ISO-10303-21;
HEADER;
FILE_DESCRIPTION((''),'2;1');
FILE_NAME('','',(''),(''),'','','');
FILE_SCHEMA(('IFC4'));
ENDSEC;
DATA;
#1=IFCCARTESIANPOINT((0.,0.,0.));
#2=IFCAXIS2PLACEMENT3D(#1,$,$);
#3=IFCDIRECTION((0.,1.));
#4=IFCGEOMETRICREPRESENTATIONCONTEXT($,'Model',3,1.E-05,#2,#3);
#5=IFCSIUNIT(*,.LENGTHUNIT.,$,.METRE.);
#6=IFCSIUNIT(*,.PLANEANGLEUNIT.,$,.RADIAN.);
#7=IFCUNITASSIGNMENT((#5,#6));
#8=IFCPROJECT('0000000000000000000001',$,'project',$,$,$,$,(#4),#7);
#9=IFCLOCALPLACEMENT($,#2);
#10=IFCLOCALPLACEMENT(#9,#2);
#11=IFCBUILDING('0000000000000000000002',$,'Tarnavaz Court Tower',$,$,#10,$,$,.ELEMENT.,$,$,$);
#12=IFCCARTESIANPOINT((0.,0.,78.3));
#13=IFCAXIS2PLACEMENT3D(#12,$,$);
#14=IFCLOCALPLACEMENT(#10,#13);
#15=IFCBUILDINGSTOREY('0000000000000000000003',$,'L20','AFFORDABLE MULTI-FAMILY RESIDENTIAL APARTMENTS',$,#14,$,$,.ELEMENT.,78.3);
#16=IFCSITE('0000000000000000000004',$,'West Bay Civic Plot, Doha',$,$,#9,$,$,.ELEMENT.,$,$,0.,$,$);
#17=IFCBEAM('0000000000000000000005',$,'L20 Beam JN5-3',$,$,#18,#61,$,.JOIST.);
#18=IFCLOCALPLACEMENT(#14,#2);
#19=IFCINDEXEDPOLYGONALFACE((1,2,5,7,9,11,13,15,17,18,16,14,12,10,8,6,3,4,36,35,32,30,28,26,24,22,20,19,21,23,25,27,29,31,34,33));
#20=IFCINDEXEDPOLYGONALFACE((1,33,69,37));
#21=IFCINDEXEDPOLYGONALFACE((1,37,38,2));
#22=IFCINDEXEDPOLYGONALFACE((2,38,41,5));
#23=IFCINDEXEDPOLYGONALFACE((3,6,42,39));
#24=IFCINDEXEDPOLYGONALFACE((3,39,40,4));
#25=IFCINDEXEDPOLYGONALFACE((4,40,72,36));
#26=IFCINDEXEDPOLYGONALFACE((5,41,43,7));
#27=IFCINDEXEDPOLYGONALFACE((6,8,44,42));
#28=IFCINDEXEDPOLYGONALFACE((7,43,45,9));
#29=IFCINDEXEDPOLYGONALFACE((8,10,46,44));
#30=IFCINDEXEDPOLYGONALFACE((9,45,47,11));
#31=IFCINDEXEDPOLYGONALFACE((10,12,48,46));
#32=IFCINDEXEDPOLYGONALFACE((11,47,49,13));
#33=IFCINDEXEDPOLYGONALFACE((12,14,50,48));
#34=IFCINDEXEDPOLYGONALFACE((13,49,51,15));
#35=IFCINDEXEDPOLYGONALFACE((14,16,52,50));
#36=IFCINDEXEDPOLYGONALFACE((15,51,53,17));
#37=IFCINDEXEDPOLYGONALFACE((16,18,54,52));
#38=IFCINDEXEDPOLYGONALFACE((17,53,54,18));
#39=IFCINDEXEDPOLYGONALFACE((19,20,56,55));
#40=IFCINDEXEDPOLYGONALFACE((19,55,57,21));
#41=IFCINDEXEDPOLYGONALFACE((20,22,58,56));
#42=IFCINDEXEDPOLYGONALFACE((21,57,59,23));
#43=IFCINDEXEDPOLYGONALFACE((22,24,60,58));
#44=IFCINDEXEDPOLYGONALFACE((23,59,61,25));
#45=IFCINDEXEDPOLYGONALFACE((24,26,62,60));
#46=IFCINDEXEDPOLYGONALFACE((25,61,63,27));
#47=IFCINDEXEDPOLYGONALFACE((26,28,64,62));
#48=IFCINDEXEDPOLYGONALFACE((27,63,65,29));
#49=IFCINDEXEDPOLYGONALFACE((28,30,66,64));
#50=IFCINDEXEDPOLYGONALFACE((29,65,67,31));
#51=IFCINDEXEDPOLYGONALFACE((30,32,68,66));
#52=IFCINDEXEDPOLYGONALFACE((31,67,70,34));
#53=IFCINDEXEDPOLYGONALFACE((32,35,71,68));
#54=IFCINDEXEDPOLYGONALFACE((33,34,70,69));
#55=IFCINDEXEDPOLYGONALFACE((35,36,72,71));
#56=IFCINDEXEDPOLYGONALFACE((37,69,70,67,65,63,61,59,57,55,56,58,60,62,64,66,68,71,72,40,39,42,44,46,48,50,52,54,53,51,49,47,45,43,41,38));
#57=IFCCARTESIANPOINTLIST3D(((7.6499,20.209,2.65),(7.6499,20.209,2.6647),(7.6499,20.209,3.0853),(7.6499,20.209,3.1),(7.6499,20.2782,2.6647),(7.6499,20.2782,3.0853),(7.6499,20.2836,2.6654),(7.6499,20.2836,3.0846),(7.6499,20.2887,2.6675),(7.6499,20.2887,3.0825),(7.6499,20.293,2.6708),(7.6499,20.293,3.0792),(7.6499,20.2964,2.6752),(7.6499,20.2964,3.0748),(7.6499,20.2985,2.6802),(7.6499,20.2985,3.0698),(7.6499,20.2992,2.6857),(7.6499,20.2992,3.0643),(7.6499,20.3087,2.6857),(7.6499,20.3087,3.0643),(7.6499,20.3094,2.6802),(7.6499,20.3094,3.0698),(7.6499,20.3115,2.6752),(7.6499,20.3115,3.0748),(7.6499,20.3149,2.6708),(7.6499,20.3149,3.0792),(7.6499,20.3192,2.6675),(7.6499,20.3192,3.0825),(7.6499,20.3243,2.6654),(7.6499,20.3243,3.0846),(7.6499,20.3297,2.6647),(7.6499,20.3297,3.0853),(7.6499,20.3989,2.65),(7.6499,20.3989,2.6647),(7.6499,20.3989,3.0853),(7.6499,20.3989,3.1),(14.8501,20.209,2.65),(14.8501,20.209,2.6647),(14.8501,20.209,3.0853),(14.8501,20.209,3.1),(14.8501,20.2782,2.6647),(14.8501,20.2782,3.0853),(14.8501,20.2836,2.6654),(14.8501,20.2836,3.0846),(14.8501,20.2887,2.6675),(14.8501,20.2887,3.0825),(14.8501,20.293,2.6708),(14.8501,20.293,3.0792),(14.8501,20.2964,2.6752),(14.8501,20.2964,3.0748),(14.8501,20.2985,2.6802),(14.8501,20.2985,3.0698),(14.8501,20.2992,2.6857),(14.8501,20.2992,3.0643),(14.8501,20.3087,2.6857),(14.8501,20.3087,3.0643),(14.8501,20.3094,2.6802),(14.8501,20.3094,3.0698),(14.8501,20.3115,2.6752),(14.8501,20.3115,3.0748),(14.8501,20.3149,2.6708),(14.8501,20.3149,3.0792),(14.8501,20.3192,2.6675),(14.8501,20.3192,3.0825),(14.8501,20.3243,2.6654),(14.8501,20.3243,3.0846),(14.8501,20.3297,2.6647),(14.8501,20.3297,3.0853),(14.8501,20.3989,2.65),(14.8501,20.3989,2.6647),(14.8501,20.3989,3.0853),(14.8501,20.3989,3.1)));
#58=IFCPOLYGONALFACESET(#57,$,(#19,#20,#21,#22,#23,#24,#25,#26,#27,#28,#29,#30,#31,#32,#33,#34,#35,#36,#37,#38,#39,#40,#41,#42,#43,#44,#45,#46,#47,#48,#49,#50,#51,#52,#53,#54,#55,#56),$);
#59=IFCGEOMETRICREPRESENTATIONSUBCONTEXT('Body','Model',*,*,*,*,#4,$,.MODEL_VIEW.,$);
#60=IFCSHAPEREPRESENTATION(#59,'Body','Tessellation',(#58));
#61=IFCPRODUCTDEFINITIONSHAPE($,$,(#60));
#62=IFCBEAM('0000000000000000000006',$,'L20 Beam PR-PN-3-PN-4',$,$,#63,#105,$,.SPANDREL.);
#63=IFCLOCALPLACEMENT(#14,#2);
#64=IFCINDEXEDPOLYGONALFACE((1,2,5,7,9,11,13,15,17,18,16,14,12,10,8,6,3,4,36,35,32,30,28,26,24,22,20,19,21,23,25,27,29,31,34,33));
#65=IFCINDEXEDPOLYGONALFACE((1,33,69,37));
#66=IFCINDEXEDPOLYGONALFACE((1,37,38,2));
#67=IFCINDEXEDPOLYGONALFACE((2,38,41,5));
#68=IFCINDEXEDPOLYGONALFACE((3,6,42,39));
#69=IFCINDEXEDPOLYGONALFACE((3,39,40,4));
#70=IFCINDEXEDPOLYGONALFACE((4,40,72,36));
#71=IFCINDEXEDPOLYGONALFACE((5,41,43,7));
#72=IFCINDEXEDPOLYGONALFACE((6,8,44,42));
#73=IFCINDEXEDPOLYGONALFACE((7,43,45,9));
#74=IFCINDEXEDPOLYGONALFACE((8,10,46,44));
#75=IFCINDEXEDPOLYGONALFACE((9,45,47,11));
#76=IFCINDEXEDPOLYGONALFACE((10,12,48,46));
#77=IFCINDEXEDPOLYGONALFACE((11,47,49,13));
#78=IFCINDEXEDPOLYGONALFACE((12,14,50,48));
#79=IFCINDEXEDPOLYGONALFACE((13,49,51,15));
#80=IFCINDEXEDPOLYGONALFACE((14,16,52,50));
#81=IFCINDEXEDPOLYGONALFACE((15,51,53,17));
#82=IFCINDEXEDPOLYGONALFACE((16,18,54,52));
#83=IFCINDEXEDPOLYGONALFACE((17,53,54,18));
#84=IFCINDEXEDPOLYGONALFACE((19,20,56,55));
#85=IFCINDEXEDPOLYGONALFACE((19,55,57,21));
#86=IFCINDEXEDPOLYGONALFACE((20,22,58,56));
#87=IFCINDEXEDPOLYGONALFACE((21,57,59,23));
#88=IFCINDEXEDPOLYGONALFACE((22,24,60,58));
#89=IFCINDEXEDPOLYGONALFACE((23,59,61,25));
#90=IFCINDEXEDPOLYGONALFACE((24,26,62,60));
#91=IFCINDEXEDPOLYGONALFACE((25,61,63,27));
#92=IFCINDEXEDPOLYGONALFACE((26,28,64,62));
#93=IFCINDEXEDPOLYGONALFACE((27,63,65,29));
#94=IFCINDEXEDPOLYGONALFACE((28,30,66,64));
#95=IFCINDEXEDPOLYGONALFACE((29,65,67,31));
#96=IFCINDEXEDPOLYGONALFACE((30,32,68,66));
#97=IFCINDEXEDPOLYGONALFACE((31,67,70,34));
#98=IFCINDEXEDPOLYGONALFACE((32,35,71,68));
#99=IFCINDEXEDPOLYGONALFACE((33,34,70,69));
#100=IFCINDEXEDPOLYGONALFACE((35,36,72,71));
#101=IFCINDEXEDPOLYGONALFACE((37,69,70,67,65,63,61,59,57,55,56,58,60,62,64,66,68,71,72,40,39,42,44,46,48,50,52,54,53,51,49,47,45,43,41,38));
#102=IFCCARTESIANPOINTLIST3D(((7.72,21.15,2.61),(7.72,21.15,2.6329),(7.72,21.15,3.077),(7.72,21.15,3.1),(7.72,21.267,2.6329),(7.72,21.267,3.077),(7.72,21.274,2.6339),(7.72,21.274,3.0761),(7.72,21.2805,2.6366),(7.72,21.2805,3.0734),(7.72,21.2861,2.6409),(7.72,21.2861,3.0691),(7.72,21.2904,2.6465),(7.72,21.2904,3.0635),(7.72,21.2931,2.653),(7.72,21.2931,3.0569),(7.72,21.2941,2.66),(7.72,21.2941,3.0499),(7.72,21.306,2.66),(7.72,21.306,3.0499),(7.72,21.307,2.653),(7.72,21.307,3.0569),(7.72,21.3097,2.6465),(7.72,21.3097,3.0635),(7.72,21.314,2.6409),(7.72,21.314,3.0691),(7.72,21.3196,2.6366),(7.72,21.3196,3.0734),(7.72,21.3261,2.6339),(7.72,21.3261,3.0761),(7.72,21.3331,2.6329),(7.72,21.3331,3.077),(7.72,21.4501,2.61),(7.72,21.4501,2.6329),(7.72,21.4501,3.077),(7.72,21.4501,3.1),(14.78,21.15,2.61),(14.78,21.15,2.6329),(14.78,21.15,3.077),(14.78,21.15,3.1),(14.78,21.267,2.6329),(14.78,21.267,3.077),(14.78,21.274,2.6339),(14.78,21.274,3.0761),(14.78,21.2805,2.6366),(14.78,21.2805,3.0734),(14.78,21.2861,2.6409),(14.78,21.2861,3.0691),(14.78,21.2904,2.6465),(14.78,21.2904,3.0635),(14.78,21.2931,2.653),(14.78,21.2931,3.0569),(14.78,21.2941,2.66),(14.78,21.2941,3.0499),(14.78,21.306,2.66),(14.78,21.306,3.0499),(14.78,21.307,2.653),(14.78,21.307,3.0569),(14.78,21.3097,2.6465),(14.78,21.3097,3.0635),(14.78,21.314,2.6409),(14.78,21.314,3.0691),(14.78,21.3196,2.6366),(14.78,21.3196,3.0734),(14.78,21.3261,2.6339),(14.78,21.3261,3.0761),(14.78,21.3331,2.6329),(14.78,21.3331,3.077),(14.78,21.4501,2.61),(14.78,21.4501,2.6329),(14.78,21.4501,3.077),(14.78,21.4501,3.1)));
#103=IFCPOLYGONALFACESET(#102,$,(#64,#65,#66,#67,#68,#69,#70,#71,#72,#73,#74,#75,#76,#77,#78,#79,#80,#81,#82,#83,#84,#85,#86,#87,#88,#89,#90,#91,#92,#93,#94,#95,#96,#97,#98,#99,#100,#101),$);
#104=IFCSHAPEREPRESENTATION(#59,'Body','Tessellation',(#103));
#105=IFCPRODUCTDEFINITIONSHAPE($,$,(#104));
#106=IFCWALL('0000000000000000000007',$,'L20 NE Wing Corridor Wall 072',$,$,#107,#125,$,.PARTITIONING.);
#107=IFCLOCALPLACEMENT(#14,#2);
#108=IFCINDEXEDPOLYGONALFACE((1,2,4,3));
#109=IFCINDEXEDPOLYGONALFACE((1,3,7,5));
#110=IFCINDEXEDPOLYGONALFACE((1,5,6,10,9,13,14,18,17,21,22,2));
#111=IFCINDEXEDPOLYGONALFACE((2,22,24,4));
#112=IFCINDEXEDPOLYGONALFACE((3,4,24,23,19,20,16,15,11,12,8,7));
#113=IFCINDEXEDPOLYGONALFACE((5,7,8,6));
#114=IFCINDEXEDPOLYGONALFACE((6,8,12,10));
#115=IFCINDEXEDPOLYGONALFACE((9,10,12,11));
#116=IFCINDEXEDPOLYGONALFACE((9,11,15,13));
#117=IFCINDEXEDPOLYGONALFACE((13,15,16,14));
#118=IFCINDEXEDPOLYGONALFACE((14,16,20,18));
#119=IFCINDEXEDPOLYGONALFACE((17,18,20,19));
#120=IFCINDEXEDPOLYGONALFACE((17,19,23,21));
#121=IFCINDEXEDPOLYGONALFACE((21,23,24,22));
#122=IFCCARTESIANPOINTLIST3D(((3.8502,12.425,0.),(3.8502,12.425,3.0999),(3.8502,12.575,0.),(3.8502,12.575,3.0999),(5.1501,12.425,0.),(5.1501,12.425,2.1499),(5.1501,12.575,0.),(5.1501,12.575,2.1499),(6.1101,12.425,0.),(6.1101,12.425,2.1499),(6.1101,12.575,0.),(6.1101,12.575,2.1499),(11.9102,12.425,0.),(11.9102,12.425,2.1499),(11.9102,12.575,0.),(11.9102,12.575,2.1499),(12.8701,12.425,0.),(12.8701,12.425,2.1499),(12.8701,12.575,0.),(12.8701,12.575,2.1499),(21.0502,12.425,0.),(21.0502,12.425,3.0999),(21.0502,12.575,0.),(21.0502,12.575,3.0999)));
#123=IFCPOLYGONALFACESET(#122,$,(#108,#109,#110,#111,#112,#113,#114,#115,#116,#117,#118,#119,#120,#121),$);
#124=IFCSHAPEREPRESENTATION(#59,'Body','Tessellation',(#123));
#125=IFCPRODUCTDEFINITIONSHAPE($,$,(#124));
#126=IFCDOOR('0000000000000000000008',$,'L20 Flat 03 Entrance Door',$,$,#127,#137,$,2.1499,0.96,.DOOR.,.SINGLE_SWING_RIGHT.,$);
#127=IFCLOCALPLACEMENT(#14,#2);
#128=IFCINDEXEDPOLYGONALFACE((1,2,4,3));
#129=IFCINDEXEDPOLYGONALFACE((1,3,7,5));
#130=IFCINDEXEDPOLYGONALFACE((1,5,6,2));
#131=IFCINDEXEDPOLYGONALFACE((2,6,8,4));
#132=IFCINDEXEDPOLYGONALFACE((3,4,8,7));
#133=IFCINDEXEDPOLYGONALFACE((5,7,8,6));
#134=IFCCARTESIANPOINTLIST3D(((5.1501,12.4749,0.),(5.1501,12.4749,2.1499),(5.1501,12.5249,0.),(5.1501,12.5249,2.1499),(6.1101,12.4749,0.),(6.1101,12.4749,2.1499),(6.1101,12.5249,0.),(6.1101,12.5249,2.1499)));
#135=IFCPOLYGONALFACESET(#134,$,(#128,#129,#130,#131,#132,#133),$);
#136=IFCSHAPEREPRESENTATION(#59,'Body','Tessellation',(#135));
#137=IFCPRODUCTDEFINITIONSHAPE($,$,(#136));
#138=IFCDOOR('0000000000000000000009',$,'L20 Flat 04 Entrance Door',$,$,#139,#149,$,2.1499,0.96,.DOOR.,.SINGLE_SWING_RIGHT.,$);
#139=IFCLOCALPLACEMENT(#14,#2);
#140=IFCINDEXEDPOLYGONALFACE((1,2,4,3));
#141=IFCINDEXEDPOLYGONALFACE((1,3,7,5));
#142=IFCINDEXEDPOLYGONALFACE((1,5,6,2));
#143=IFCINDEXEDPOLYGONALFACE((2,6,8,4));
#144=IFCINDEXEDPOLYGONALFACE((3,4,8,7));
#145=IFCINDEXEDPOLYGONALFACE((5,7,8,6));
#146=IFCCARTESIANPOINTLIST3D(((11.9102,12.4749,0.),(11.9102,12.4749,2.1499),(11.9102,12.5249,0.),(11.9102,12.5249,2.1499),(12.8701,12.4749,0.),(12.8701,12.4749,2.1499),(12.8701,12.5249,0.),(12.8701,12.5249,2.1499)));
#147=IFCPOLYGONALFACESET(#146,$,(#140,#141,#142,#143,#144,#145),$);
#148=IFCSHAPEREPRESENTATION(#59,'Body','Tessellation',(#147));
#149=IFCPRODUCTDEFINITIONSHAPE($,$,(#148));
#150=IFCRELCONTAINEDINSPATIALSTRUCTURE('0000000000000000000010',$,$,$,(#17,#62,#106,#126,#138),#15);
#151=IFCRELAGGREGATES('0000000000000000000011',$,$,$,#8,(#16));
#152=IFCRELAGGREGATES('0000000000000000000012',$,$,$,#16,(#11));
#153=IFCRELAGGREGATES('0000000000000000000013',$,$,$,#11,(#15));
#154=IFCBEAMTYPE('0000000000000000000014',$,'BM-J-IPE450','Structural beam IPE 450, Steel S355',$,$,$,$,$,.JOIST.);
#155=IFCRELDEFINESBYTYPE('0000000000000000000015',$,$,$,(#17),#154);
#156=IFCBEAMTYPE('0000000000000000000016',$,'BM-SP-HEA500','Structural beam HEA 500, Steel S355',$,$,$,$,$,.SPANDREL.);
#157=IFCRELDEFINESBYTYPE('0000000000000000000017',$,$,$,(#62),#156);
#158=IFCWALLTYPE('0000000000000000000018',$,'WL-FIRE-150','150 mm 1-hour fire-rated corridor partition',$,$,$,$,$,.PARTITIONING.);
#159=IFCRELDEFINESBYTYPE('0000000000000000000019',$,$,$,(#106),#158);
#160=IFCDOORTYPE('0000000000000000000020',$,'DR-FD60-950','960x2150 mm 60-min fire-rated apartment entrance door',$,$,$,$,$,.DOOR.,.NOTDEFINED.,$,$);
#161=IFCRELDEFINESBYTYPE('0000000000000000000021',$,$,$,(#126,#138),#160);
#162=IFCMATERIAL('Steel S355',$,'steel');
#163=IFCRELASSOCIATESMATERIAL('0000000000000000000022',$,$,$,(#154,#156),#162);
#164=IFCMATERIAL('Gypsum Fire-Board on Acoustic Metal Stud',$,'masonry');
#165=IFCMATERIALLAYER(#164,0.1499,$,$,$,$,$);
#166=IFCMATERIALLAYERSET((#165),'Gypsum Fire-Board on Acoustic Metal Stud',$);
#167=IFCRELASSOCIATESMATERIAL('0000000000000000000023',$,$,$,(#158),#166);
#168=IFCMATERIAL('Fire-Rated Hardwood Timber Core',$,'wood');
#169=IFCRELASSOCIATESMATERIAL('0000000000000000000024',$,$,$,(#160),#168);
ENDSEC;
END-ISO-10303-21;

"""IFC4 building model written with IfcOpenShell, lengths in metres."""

from ifc_helpers import new_model, si_unit, direction, frame, frame_2d, origin, origin_2d, place, context, subcontext, project, spatial, rectangle, i_section, extrude, material, layer, layer_set, material_profile, profile_set, type_object, element, fill, save


model = new_model("IFC4")

# Units and contexts
model_context = context("Model", 3, precision=1e-05, world=origin(), true_north=direction((0.0, 1.0)))
body_context = subcontext(model_context, "Body", "Model", "MODEL_VIEW")
ifc_project = project(units=[si_unit("LENGTHUNIT", "METRE"), si_unit("PLANEANGLEUNIT", "RADIAN")], contexts=[model_context])

# Site, building, storey
site_placement = place(None, origin())
site = spatial("IfcSite", under=ifc_project, at=site_placement, Name="West Bay Civic Plot, Doha", CompositionType="ELEMENT", RefElevation=0.0)
building_placement = place(site_placement, origin())
building = spatial("IfcBuilding", under=site, at=building_placement, Name="Tarnavaz Court Tower", CompositionType="ELEMENT")
storey_placement = place(building_placement, frame((0.0, 0.0, 78.3)))
storey = spatial("IfcBuildingStorey", under=building, at=storey_placement, Name="L20", Description="AFFORDABLE MULTI-FAMILY RESIDENTIAL APARTMENTS", CompositionType="ELEMENT", Elevation=78.3)

# Beams
ifc_material_1 = material(Name="Steel S355", Category="steel")
ifc_material_profile_1 = material_profile(ifc_material_1, i_section(OverallWidth=0.1899, OverallDepth=0.45, WebThickness=0.0095, FlangeThickness=0.0146, FilletRadius=0.021, at=origin_2d()), Name="IPE 450")
ifc_profile_set_1 = profile_set([ifc_material_profile_1], Name="Steel S355")
beam_type_1 = type_object("IfcBeamType", Name="BM-J-IPE450", Description="Structural beam IPE 450, Steel S355", PredefinedType="JOIST", material=ifc_profile_set_1)
for number, where, z_axis, x_axis, name in (
    (1, (7.6499, 20.304, 2.875), (1.0, 0.0, 0.0), (0.0, 1.0, 0.0), "L20 Beam JN5-3"),
):
    element("IfcBeam", number, at=place(storey_placement, frame(where, z_axis=z_axis, x_axis=x_axis)), inside=storey, type_object=beam_type_1, Name=name, PredefinedType="JOIST", context=body_context, shape_type="SweptSolid", body=[
        extrude(i_section(OverallWidth=0.1899, OverallDepth=0.45, WebThickness=0.0095, FlangeThickness=0.0146, FilletRadius=0.021, at=origin_2d()), origin(), (0.0, 0.0, 1.0), 7.2002),
    ])
ifc_material_profile_2 = material_profile(ifc_material_1, i_section(OverallWidth=0.3, OverallDepth=0.49, WebThickness=0.012, FlangeThickness=0.0229, FilletRadius=0.0271, at=origin_2d()), Name="HEA 500")
ifc_profile_set_2 = profile_set([ifc_material_profile_2], Name="Steel S355")
beam_type_2 = type_object("IfcBeamType", Name="BM-SP-HEA500", Description="Structural beam HEA 500, Steel S355", PredefinedType="SPANDREL", material=ifc_profile_set_2)
beam_placement = place(storey_placement, frame((7.72, 21.3, 2.855), z_axis=(1.0, 0.0, 0.0), x_axis=(0.0, 1.0, 0.0)))
element("IfcBeam", 2, at=beam_placement, inside=storey, type_object=beam_type_2, Name="L20 Beam PR-PN-3-PN-4", PredefinedType="SPANDREL", context=body_context, shape_type="SweptSolid", body=[
    extrude(i_section(OverallWidth=0.3, OverallDepth=0.49, WebThickness=0.012, FlangeThickness=0.0229, FilletRadius=0.0271, at=origin_2d()), origin(), (0.0, 0.0, 1.0), 7.0601),
])

# Wall, openings, doors
ifc_material_2 = material(Name="Gypsum Fire-Board on Acoustic Metal Stud", Category="masonry")
ifc_layer_1 = layer(ifc_material_2, 0.1499)
ifc_layer_set_1 = layer_set([ifc_layer_1], Name="Gypsum Fire-Board on Acoustic Metal Stud")
wall_type_1 = type_object("IfcWallType", Name="WL-FIRE-150", Description="150 mm 1-hour fire-rated corridor partition", PredefinedType="PARTITIONING", material=ifc_layer_set_1)
wall_1_placement = place(storey_placement, frame((3.8501, 12.5, 0.0), z_axis=(0.0, 0.0, 1.0), x_axis=(1.0, 0.0, 0.0)))
wall_1 = element("IfcWall", 3, at=wall_1_placement, inside=storey, type_object=wall_type_1, Name="L20 NE Wing Corridor Wall 072", PredefinedType="PARTITIONING", context=body_context, shape_type="SweptSolid", body=[
    extrude(rectangle(XDim=17.2, YDim=0.1499, at=frame_2d((8.6001, 0.0))), origin(), (0.0, 0.0, 1.0), 3.0999),
])
opening_1_placement = place(wall_1_placement, frame((1.3, 0.0, 0.0)))
opening_1 = element("IfcOpeningElement", 4, at=opening_1_placement, cuts=wall_1, PredefinedType="OPENING", context=body_context, shape_type="SweptSolid", body=[
    extrude(rectangle(XDim=0.96, YDim=2.1499, at=frame_2d((0.48, 1.075))), frame((0.0, 0.085, 0.0), z_axis=(0.0, -1.0, 0.0), x_axis=(1.0, 0.0, 0.0)), (0.0, 0.0, 1.0), 0.1699),
])
opening_2_placement = place(wall_1_placement, frame((8.0601, 0.0, 0.0)))
opening_2 = element("IfcOpeningElement", 5, at=opening_2_placement, cuts=wall_1, PredefinedType="OPENING", context=body_context, shape_type="SweptSolid", body=[
    extrude(rectangle(XDim=0.96, YDim=2.1499, at=frame_2d((0.48, 1.075))), frame((0.0, 0.085, 0.0), z_axis=(0.0, -1.0, 0.0), x_axis=(1.0, 0.0, 0.0)), (0.0, 0.0, 1.0), 0.1699),
])
ifc_material_3 = material(Name="Fire-Rated Hardwood Timber Core", Category="wood")
door_type_1 = type_object("IfcDoorType", Name="DR-FD60-950", Description="960x2150 mm 60-min fire-rated apartment entrance door", OperationType="NOTDEFINED", PredefinedType="DOOR", material=ifc_material_3)
door_1_placement = place(opening_1_placement, origin())
door_1 = element("IfcDoor", 6, at=door_1_placement, inside=storey, type_object=door_type_1, Name="L20 Flat 03 Entrance Door", OperationType="SINGLE_SWING_RIGHT", OverallHeight=2.1499, OverallWidth=0.96, PredefinedType="DOOR", context=body_context, shape_type="SweptSolid", body=[
    extrude(rectangle(XDim=0.96, YDim=2.1499, at=frame_2d((0.48, 1.075))), frame((0.0, 0.0249, 0.0), z_axis=(0.0, -1.0, 0.0), x_axis=(1.0, 0.0, 0.0)), (0.0, 0.0, 1.0), 0.05),
])
fill(opening_1, door_1)
door_2_placement = place(opening_2_placement, origin())
door_2 = element("IfcDoor", 7, at=door_2_placement, inside=storey, type_object=door_type_1, Name="L20 Flat 04 Entrance Door", OperationType="SINGLE_SWING_RIGHT", OverallHeight=2.1499, OverallWidth=0.96, PredefinedType="DOOR", context=body_context, shape_type="SweptSolid", body=[
    extrude(rectangle(XDim=0.96, YDim=2.1499, at=frame_2d((0.48, 1.075))), frame((0.0, 0.0249, 0.0), z_axis=(0.0, -1.0, 0.0), x_axis=(1.0, 0.0, 0.0)), (0.0, 0.0, 1.0), 0.05),
])
fill(opening_2, door_2)

save(model, "model.ifc")
